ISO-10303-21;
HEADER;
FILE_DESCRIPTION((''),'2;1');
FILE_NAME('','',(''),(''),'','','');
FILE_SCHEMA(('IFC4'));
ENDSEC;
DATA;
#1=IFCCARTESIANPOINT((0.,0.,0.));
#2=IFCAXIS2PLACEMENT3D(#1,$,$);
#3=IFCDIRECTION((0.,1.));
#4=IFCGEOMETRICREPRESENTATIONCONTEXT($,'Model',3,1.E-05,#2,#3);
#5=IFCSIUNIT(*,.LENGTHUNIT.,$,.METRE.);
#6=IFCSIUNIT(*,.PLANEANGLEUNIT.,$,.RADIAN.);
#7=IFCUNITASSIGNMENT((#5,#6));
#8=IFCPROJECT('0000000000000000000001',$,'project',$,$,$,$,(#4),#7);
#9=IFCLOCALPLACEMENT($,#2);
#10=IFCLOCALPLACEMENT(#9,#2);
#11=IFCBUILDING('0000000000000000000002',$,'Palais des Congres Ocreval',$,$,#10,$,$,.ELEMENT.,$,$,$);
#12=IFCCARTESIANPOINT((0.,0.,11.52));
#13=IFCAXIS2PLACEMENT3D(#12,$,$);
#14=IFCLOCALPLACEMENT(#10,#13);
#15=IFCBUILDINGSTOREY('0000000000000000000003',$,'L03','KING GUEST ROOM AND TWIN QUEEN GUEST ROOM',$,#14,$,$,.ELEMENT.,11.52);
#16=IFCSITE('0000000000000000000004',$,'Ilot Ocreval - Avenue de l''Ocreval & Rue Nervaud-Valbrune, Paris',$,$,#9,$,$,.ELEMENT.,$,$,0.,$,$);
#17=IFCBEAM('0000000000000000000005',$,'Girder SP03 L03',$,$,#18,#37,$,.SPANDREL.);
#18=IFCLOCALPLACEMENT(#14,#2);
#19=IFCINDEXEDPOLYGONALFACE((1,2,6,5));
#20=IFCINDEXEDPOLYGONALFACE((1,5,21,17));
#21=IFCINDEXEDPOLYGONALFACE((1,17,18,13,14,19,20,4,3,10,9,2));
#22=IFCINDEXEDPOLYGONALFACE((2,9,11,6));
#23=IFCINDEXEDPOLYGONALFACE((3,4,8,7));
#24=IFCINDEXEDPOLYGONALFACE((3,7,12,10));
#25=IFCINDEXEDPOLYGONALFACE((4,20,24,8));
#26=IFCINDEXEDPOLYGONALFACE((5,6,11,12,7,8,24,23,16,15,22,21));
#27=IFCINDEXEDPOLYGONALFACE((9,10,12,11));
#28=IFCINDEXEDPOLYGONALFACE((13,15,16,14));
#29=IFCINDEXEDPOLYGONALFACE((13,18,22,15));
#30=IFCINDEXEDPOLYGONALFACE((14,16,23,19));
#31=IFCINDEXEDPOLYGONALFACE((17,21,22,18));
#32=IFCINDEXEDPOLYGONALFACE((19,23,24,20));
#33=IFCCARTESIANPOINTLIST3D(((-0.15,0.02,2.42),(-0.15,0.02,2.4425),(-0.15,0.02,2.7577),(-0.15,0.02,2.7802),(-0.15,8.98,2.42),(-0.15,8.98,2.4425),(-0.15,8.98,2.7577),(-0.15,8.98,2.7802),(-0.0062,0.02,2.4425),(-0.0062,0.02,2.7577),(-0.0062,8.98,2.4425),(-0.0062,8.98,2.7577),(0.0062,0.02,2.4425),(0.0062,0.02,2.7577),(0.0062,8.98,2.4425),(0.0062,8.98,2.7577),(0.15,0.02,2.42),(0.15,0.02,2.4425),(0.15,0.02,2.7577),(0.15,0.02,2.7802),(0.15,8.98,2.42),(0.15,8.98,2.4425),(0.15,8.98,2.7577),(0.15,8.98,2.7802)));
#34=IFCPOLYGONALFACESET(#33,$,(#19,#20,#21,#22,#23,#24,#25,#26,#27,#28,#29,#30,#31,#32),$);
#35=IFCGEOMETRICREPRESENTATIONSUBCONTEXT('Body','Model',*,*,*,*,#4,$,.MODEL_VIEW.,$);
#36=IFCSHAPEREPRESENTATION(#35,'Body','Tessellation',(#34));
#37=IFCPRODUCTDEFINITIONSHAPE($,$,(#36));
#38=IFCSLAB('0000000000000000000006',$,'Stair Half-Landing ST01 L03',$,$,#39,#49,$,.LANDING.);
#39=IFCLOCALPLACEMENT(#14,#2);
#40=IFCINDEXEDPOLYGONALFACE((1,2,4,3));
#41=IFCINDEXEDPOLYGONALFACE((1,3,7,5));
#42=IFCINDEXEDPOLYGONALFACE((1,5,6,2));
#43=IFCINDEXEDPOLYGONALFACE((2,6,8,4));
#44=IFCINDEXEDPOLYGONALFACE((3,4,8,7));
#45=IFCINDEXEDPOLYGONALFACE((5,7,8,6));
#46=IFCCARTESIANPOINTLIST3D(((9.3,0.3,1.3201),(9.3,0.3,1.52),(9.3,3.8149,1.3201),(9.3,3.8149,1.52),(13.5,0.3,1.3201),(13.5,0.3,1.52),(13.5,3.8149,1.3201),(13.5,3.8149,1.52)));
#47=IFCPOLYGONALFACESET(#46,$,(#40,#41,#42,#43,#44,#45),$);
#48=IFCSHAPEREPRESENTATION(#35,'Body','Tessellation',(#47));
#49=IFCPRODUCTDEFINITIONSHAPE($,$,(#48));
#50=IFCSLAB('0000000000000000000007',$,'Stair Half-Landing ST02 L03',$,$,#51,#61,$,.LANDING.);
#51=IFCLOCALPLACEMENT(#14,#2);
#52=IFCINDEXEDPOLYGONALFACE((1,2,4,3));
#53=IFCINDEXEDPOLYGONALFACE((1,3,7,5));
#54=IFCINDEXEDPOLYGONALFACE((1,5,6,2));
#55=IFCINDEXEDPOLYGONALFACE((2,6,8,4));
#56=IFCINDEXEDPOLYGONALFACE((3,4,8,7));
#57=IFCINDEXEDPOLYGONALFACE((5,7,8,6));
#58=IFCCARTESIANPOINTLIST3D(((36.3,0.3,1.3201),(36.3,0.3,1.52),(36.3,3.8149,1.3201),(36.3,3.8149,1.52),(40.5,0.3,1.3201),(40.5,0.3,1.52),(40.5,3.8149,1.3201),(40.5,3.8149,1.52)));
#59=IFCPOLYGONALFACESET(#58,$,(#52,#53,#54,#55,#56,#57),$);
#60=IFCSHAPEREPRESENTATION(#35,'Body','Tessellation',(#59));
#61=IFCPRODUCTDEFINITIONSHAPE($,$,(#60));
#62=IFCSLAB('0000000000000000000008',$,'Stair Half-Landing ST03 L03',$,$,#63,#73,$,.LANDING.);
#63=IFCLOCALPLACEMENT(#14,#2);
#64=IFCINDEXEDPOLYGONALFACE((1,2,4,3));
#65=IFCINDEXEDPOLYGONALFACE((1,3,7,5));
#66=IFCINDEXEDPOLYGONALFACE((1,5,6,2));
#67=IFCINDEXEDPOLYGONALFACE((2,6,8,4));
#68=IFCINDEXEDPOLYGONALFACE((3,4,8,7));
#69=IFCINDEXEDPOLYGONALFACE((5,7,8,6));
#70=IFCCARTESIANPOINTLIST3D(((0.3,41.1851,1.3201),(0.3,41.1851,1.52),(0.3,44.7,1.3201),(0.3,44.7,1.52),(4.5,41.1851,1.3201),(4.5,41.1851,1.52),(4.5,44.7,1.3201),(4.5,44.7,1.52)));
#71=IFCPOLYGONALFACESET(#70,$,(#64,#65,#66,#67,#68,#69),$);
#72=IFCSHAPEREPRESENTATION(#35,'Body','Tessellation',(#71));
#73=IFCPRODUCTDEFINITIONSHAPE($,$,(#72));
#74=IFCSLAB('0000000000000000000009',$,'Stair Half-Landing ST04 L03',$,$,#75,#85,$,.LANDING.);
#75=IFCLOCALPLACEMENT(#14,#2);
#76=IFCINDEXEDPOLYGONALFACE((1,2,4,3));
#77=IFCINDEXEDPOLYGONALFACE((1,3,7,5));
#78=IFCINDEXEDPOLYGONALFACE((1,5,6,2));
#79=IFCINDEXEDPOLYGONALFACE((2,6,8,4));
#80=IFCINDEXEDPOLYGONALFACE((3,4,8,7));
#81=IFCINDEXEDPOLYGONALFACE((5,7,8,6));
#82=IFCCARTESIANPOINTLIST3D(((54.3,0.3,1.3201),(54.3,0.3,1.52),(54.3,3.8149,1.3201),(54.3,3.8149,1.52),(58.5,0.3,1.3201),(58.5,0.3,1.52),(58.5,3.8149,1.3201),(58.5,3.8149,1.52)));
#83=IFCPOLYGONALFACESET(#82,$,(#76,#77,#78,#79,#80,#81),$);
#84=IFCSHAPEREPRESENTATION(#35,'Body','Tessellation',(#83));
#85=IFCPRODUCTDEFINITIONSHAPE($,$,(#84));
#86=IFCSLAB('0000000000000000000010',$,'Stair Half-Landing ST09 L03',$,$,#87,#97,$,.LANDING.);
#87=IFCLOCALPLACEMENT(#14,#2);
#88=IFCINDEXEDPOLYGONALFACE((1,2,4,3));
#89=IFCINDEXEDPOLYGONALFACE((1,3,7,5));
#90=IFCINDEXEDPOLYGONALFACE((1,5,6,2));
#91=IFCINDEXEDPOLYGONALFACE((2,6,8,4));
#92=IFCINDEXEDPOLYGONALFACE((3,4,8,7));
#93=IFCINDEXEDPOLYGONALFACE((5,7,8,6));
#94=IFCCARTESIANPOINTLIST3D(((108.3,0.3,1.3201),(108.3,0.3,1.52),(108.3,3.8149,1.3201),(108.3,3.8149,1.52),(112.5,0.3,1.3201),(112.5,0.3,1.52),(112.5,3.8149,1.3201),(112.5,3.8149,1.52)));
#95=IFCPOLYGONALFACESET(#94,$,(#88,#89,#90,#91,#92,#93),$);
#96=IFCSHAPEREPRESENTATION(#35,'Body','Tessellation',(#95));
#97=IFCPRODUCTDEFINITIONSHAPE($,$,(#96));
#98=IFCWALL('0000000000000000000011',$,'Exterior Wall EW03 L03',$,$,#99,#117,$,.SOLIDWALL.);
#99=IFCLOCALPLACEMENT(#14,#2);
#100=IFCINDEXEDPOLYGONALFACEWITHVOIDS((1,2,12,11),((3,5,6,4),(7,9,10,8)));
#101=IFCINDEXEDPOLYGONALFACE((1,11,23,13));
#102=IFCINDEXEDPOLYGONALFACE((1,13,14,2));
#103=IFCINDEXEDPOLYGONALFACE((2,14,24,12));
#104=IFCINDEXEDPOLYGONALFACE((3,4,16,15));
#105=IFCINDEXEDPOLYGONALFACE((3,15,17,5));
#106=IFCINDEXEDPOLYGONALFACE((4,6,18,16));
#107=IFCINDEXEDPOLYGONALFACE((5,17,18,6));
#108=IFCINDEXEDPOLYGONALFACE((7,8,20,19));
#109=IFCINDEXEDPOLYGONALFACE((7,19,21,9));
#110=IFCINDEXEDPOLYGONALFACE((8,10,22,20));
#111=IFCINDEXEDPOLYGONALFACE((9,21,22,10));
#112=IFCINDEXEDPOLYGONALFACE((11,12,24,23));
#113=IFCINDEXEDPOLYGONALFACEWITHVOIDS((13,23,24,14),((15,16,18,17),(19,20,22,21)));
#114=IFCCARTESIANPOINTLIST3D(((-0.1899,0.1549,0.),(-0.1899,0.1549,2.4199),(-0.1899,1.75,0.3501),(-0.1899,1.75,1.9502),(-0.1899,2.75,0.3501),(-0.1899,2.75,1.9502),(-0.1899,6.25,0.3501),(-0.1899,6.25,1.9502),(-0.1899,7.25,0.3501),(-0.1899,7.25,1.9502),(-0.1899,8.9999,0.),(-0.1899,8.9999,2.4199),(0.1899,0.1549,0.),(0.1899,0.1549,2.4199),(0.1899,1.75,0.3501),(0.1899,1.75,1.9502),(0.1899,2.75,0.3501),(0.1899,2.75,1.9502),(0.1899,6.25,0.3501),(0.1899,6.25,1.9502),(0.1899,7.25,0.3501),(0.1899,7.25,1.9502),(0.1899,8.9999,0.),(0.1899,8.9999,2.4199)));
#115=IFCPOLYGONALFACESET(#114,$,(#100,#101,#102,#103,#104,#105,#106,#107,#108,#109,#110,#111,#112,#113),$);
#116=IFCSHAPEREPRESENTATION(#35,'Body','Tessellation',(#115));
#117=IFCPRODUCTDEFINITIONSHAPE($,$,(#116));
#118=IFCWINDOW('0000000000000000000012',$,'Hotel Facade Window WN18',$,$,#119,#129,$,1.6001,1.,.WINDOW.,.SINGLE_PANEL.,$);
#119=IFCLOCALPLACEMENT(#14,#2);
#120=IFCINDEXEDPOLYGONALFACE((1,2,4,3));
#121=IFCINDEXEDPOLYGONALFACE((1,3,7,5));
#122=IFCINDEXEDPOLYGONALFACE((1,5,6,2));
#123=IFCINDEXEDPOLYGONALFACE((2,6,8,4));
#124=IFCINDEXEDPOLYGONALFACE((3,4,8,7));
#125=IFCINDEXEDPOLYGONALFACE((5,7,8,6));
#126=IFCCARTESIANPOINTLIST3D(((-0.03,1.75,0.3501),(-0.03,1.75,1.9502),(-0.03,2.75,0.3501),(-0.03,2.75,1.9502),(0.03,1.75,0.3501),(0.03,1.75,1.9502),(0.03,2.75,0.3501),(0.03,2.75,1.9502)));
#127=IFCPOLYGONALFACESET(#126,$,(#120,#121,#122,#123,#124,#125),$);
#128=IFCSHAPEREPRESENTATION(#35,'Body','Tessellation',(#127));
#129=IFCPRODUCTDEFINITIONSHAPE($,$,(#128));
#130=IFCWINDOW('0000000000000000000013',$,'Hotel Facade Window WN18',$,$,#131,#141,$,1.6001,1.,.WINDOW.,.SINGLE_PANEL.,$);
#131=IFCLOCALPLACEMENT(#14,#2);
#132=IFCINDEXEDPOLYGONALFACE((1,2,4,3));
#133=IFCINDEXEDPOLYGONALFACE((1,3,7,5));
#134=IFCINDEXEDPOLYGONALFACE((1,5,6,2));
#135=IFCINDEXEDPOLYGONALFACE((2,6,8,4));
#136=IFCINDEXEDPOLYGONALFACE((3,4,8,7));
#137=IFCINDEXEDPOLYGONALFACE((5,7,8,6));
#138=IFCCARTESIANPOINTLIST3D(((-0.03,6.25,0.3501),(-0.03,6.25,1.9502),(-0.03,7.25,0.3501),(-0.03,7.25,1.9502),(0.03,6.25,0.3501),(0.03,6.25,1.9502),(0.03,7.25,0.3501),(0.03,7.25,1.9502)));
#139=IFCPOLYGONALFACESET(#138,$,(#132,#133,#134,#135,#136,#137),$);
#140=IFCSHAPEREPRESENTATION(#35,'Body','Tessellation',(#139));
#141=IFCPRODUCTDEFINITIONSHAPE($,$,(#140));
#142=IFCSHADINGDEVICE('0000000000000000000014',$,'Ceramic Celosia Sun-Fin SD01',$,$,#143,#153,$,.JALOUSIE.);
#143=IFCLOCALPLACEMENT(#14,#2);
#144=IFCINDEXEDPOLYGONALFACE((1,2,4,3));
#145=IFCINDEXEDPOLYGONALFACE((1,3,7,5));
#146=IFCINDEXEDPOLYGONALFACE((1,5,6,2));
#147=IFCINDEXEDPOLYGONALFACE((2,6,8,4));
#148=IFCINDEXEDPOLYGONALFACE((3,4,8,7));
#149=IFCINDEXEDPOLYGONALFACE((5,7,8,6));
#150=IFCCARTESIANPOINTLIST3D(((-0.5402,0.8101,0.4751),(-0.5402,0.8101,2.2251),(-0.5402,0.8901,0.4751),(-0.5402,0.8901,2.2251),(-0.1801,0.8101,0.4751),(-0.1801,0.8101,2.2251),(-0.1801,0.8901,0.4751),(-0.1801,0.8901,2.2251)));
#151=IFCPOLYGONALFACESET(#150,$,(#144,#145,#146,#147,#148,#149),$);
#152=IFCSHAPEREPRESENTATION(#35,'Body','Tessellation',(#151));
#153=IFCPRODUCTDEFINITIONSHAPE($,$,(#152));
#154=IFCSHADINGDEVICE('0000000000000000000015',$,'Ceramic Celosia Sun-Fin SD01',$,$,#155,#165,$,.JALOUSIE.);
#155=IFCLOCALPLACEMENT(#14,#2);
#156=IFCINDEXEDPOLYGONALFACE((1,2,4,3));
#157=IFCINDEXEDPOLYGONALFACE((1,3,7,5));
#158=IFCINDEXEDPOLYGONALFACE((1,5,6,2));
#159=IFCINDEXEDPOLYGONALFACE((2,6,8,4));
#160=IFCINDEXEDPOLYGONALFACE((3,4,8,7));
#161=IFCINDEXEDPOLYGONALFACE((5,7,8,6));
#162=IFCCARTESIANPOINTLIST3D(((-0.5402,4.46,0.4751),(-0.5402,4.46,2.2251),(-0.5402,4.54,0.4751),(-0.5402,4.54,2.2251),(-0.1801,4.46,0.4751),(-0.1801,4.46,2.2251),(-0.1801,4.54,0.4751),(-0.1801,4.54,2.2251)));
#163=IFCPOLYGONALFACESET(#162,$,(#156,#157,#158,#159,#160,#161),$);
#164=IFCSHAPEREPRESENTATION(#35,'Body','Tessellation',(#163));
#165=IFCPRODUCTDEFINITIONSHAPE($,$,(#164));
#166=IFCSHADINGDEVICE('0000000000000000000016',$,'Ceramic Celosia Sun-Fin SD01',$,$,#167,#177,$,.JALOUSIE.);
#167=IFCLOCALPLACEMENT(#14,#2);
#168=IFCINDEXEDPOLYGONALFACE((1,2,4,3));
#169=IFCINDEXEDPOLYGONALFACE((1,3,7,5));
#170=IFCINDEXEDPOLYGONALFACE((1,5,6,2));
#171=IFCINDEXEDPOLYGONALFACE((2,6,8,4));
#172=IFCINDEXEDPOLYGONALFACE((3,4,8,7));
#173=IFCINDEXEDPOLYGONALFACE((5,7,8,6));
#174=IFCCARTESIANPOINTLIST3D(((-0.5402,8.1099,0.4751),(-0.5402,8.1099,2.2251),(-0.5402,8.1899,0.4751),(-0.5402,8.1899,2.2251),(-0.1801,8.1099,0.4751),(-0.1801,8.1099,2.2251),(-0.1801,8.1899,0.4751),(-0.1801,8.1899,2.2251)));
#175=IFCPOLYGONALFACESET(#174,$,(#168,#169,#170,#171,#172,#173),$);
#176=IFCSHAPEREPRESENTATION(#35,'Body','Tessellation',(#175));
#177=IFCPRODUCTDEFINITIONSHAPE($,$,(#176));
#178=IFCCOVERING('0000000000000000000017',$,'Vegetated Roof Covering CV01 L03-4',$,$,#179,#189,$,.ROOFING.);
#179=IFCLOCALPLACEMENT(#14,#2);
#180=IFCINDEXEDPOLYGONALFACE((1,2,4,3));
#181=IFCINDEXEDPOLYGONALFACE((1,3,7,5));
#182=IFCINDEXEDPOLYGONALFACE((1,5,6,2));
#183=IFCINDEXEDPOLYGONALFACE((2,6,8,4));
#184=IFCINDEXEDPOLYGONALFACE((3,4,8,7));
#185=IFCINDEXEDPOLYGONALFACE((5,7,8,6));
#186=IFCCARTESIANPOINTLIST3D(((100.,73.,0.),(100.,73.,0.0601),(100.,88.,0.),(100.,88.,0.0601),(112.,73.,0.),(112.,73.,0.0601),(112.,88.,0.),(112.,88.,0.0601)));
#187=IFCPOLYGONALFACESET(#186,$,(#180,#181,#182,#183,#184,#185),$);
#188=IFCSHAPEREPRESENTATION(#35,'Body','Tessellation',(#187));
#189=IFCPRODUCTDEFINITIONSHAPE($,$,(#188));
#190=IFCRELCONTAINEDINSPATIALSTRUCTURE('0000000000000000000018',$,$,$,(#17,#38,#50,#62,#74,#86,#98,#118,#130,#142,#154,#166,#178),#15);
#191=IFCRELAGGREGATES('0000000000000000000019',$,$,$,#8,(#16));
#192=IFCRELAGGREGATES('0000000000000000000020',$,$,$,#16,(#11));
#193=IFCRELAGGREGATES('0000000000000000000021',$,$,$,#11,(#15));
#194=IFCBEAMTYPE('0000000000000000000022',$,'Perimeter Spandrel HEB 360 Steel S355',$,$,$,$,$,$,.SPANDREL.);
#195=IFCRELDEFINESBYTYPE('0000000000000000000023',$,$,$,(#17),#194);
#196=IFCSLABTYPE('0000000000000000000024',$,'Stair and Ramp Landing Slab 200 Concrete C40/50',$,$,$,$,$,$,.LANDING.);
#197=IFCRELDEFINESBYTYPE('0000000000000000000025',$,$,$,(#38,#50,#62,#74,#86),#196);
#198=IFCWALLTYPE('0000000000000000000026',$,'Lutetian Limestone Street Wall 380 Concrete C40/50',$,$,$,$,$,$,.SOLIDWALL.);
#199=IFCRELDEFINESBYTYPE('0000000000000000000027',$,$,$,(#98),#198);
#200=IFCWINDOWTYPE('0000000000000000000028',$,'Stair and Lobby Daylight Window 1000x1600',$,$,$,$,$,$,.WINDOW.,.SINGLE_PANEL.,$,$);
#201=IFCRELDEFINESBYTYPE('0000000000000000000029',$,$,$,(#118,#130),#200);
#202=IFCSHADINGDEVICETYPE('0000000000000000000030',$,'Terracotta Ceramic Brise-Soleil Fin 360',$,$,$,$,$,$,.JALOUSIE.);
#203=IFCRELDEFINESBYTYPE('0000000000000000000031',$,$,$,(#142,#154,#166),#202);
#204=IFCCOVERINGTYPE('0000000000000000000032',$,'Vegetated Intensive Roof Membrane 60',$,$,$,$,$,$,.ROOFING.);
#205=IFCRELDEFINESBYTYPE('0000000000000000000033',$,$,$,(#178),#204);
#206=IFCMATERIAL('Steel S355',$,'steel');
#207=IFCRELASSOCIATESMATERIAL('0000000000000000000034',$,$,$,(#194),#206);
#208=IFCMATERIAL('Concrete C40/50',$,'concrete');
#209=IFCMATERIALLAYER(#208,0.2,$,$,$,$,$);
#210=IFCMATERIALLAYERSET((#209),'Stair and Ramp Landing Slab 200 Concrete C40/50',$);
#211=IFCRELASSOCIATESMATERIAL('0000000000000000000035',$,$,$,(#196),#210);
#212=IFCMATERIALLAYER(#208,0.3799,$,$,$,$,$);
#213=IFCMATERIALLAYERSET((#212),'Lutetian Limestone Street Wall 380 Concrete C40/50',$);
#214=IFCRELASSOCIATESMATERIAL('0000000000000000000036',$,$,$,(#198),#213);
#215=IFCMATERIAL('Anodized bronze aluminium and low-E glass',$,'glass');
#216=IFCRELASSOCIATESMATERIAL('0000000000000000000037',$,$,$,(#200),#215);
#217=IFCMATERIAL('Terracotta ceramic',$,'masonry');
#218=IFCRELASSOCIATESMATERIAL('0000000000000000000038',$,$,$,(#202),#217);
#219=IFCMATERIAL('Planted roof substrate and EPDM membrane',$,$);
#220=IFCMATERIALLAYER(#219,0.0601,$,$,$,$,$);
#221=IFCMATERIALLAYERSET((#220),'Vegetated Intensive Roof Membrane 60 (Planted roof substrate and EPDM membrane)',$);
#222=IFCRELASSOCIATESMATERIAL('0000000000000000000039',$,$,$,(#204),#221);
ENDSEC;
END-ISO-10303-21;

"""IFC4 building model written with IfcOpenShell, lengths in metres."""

from ifc_helpers import new_model, si_unit, direction, frame, frame_2d, origin, origin_2d, place, context, subcontext, project, spatial, polyline, rectangle, i_section, outline, extrude, material, layer, layer_set, material_profile, profile_set, type_object, element, fill, save


model = new_model("IFC4")

# Units and contexts
model_context = context("Model", 3, precision=1e-05, world=origin(), true_north=direction((0.0, 1.0)))
body_context = subcontext(model_context, "Body", "Model", "MODEL_VIEW")
ifc_project = project(units=[si_unit("LENGTHUNIT", "METRE"), si_unit("PLANEANGLEUNIT", "RADIAN")], contexts=[model_context])

# Site, building, storey
site_placement = place(None, origin())
site = spatial("IfcSite", under=ifc_project, at=site_placement, Name="Ilot Ocreval - Avenue de l'Ocreval & Rue Nervaud-Valbrune, Paris", CompositionType="ELEMENT", RefElevation=0.0)
building_placement = place(site_placement, origin())
building = spatial("IfcBuilding", under=site, at=building_placement, Name="Palais des Congres Ocreval", CompositionType="ELEMENT")
storey_placement = place(building_placement, frame((0.0, 0.0, 11.52)))
storey = spatial("IfcBuildingStorey", under=building, at=storey_placement, Name="L03", Description="KING GUEST ROOM AND TWIN QUEEN GUEST ROOM", CompositionType="ELEMENT", Elevation=11.52)

# Beam
ifc_material_1 = material(Name="Steel S355", Category="steel")
ifc_material_profile = material_profile(ifc_material_1, i_section(OverallWidth=0.3, OverallDepth=0.3601, WebThickness=0.0125, FlangeThickness=0.0225, at=origin_2d()), Name="HEB 360")
ifc_profile_set = profile_set([ifc_material_profile], Name="Steel S355")
beam_type = type_object("IfcBeamType", Name="Perimeter Spandrel HEB 360 Steel S355", PredefinedType="SPANDREL", material=ifc_profile_set)
beam_placement = place(storey_placement, frame((0.0, 0.02, 2.6001), z_axis=(0.0, 1.0, 0.0), x_axis=(-1.0, 0.0, 0.0)))
element("IfcBeam", 1, at=beam_placement, inside=storey, type_object=beam_type, Name="Girder SP03 L03", PredefinedType="SPANDREL", context=body_context, shape_type="SweptSolid", body=[
    extrude(i_section(OverallWidth=0.3, OverallDepth=0.3601, WebThickness=0.0125, FlangeThickness=0.0225, at=origin_2d()), origin(), (0.0, 0.0, 1.0), 8.96),
])

# Slabs
ifc_material_2 = material(Name="Concrete C40/50", Category="concrete")
ifc_layer_1 = layer(ifc_material_2, 0.2)
ifc_layer_set_1 = layer_set([ifc_layer_1], Name="Stair and Ramp Landing Slab 200 Concrete C40/50")
slab_type = type_object("IfcSlabType", Name="Stair and Ramp Landing Slab 200 Concrete C40/50", PredefinedType="LANDING", material=ifc_layer_set_1)
slab_1_placement = place(storey_placement, frame((0.0, 0.0, 1.3201)))
element("IfcSlab", 2, at=slab_1_placement, inside=storey, type_object=slab_type, Name="Stair Half-Landing ST01 L03", PredefinedType="LANDING", context=body_context, shape_type="SweptSolid", body=[
    extrude(outline(polyline([(9.3, 0.3), (13.5, 0.3), (13.5, 3.8149), (9.3, 3.8149), (9.3, 0.3)])), origin(), (0.0, 0.0, 1.0), 0.2),
])
slab_2_placement = place(storey_placement, frame((0.0, 0.0, 1.3201)))
element("IfcSlab", 3, at=slab_2_placement, inside=storey, type_object=slab_type, Name="Stair Half-Landing ST02 L03", PredefinedType="LANDING", context=body_context, shape_type="SweptSolid", body=[
    extrude(outline(polyline([(36.3, 0.3), (40.5, 0.3), (40.5, 3.8149), (36.3, 3.8149), (36.3, 0.3)])), origin(), (0.0, 0.0, 1.0), 0.2),
])
slab_3_placement = place(storey_placement, frame((0.0, 0.0, 1.3201)))
element("IfcSlab", 4, at=slab_3_placement, inside=storey, type_object=slab_type, Name="Stair Half-Landing ST03 L03", PredefinedType="LANDING", context=body_context, shape_type="SweptSolid", body=[
    extrude(outline(polyline([(0.3, 41.1851), (4.5, 41.1851), (4.5, 44.7), (0.3, 44.7), (0.3, 41.1851)])), origin(), (0.0, 0.0, 1.0), 0.2),
])
slab_4_placement = place(storey_placement, frame((0.0, 0.0, 1.3201)))
element("IfcSlab", 5, at=slab_4_placement, inside=storey, type_object=slab_type, Name="Stair Half-Landing ST04 L03", PredefinedType="LANDING", context=body_context, shape_type="SweptSolid", body=[
    extrude(outline(polyline([(54.3, 0.3), (58.5, 0.3), (58.5, 3.8149), (54.3, 3.8149), (54.3, 0.3)])), origin(), (0.0, 0.0, 1.0), 0.2),
])
slab_5_placement = place(storey_placement, frame((0.0, 0.0, 1.3201)))
element("IfcSlab", 6, at=slab_5_placement, inside=storey, type_object=slab_type, Name="Stair Half-Landing ST09 L03", PredefinedType="LANDING", context=body_context, shape_type="SweptSolid", body=[
    extrude(outline(polyline([(108.3, 0.3), (112.5, 0.3), (112.5, 3.8149), (108.3, 3.8149), (108.3, 0.3)])), origin(), (0.0, 0.0, 1.0), 0.2),
])

# Wall, openings, windows
ifc_layer_2 = layer(ifc_material_2, 0.3799)
ifc_layer_set_2 = layer_set([ifc_layer_2], Name="Lutetian Limestone Street Wall 380 Concrete C40/50")
wall_type = type_object("IfcWallType", Name="Lutetian Limestone Street Wall 380 Concrete C40/50", PredefinedType="SOLIDWALL", material=ifc_layer_set_2)
wall_placement = place(storey_placement, frame((0.0, 0.155, 0.0), z_axis=(0.0, 0.0, 1.0), x_axis=(0.0, 1.0, 0.0)))
wall = element("IfcWall", 7, at=wall_placement, inside=storey, type_object=wall_type, Name="Exterior Wall EW03 L03", PredefinedType="SOLIDWALL", context=body_context, shape_type="SweptSolid", body=[
    extrude(rectangle(XDim=8.845, YDim=0.3799, at=frame_2d((4.4224, 0.0))), origin(), (0.0, 0.0, 1.0), 2.4199),
])
opening_1_placement = place(wall_placement, frame((1.595, 0.0, 0.3501)))
opening_1 = element("IfcOpeningElement", 8, at=opening_1_placement, cuts=wall, PredefinedType="OPENING", context=body_context, shape_type="SweptSolid", body=[
    extrude(rectangle(XDim=1.0, YDim=1.6001, at=frame_2d((0.5, 0.8))), frame((0.0, 0.2, 0.0), z_axis=(0.0, -1.0, 0.0), x_axis=(1.0, 0.0, 0.0)), (0.0, 0.0, 1.0), 0.3999),
])
opening_2_placement = place(wall_placement, frame((6.095, 0.0, 0.3501)))
opening_2 = element("IfcOpeningElement", 9, at=opening_2_placement, cuts=wall, PredefinedType="OPENING", context=body_context, shape_type="SweptSolid", body=[
    extrude(rectangle(XDim=1.0, YDim=1.6001, at=frame_2d((0.5, 0.8))), frame((0.0, 0.2, 0.0), z_axis=(0.0, -1.0, 0.0), x_axis=(1.0, 0.0, 0.0)), (0.0, 0.0, 1.0), 0.3999),
])
ifc_material_3 = material(Name="Anodized bronze aluminium and low-E glass", Category="glass")
window_type = type_object("IfcWindowType", Name="Stair and Lobby Daylight Window 1000x1600", PartitioningType="SINGLE_PANEL", PredefinedType="WINDOW", material=ifc_material_3)
window_1_placement = place(opening_1_placement, origin())
window_1 = element("IfcWindow", 10, at=window_1_placement, inside=storey, type_object=window_type, Name="Hotel Facade Window WN18", OverallHeight=1.6001, OverallWidth=1.0, PartitioningType="SINGLE_PANEL", PredefinedType="WINDOW", context=body_context, shape_type="SweptSolid", body=[
    extrude(rectangle(XDim=1.0, YDim=1.6001, at=frame_2d((0.5, 0.8))), frame((0.0, 0.03, 0.0), z_axis=(0.0, -1.0, 0.0), x_axis=(1.0, 0.0, 0.0)), (0.0, 0.0, 1.0), 0.0601),
])
fill(opening_1, window_1)
window_2_placement = place(opening_2_placement, origin())
window_2 = element("IfcWindow", 11, at=window_2_placement, inside=storey, type_object=window_type, Name="Hotel Facade Window WN18", OverallHeight=1.6001, OverallWidth=1.0, PartitioningType="SINGLE_PANEL", PredefinedType="WINDOW", context=body_context, shape_type="SweptSolid", body=[
    extrude(rectangle(XDim=1.0, YDim=1.6001, at=frame_2d((0.5, 0.8))), frame((0.0, 0.03, 0.0), z_axis=(0.0, -1.0, 0.0), x_axis=(1.0, 0.0, 0.0)), (0.0, 0.0, 1.0), 0.0601),
])
fill(opening_2, window_2)

# Shading devices
ifc_material_4 = material(Name="Terracotta ceramic", Category="masonry")
shading_device_type = type_object("IfcShadingDeviceType", Name="Terracotta Ceramic Brise-Soleil Fin 360", PredefinedType="JALOUSIE", material=ifc_material_4)
for number, where, z_axis, x_axis, name in (
    (12, (-0.3601, 0.8501, 0.4751), (0.0, 0.0, 1.0), (-1.0, 0.0, 0.0), "Ceramic Celosia Sun-Fin SD01"),
    (13, (-0.3601, 4.5, 0.4751), (0.0, 0.0, 1.0), (-1.0, 0.0, 0.0), "Ceramic Celosia Sun-Fin SD01"),
    (14, (-0.3601, 8.1499, 0.4751), (0.0, 0.0, 1.0), (-1.0, 0.0, 0.0), "Ceramic Celosia Sun-Fin SD01"),
):
    element("IfcShadingDevice", number, at=place(storey_placement, frame(where, z_axis=z_axis, x_axis=x_axis)), inside=storey, type_object=shading_device_type, Name=name, PredefinedType="JALOUSIE", context=body_context, shape_type="SweptSolid", body=[
        extrude(rectangle(XDim=0.3601, YDim=0.0801, at=origin_2d()), origin(), (0.0, 0.0, 1.0), 1.75),
    ])

# Covering
ifc_material_5 = material(Name="Planted roof substrate and EPDM membrane")
ifc_layer_3 = layer(ifc_material_5, 0.0601)
ifc_layer_set_3 = layer_set([ifc_layer_3], Name="Vegetated Intensive Roof Membrane 60 (Planted roof substrate and EPDM membrane)")
covering_type = type_object("IfcCoveringType", Name="Vegetated Intensive Roof Membrane 60", PredefinedType="ROOFING", material=ifc_layer_set_3)
covering_1_placement = place(storey_placement, origin())
element("IfcCovering", 15, at=covering_1_placement, inside=storey, type_object=covering_type, Name="Vegetated Roof Covering CV01 L03-4", PredefinedType="ROOFING", context=body_context, shape_type="SweptSolid", body=[
    extrude(outline(polyline([(100.0, 73.0), (112.0, 73.0), (112.0, 88.0), (100.0, 88.0), (100.0, 73.0)])), origin(), (0.0, 0.0, 1.0), 0.0601),
])

save(model, "model.ifc")
